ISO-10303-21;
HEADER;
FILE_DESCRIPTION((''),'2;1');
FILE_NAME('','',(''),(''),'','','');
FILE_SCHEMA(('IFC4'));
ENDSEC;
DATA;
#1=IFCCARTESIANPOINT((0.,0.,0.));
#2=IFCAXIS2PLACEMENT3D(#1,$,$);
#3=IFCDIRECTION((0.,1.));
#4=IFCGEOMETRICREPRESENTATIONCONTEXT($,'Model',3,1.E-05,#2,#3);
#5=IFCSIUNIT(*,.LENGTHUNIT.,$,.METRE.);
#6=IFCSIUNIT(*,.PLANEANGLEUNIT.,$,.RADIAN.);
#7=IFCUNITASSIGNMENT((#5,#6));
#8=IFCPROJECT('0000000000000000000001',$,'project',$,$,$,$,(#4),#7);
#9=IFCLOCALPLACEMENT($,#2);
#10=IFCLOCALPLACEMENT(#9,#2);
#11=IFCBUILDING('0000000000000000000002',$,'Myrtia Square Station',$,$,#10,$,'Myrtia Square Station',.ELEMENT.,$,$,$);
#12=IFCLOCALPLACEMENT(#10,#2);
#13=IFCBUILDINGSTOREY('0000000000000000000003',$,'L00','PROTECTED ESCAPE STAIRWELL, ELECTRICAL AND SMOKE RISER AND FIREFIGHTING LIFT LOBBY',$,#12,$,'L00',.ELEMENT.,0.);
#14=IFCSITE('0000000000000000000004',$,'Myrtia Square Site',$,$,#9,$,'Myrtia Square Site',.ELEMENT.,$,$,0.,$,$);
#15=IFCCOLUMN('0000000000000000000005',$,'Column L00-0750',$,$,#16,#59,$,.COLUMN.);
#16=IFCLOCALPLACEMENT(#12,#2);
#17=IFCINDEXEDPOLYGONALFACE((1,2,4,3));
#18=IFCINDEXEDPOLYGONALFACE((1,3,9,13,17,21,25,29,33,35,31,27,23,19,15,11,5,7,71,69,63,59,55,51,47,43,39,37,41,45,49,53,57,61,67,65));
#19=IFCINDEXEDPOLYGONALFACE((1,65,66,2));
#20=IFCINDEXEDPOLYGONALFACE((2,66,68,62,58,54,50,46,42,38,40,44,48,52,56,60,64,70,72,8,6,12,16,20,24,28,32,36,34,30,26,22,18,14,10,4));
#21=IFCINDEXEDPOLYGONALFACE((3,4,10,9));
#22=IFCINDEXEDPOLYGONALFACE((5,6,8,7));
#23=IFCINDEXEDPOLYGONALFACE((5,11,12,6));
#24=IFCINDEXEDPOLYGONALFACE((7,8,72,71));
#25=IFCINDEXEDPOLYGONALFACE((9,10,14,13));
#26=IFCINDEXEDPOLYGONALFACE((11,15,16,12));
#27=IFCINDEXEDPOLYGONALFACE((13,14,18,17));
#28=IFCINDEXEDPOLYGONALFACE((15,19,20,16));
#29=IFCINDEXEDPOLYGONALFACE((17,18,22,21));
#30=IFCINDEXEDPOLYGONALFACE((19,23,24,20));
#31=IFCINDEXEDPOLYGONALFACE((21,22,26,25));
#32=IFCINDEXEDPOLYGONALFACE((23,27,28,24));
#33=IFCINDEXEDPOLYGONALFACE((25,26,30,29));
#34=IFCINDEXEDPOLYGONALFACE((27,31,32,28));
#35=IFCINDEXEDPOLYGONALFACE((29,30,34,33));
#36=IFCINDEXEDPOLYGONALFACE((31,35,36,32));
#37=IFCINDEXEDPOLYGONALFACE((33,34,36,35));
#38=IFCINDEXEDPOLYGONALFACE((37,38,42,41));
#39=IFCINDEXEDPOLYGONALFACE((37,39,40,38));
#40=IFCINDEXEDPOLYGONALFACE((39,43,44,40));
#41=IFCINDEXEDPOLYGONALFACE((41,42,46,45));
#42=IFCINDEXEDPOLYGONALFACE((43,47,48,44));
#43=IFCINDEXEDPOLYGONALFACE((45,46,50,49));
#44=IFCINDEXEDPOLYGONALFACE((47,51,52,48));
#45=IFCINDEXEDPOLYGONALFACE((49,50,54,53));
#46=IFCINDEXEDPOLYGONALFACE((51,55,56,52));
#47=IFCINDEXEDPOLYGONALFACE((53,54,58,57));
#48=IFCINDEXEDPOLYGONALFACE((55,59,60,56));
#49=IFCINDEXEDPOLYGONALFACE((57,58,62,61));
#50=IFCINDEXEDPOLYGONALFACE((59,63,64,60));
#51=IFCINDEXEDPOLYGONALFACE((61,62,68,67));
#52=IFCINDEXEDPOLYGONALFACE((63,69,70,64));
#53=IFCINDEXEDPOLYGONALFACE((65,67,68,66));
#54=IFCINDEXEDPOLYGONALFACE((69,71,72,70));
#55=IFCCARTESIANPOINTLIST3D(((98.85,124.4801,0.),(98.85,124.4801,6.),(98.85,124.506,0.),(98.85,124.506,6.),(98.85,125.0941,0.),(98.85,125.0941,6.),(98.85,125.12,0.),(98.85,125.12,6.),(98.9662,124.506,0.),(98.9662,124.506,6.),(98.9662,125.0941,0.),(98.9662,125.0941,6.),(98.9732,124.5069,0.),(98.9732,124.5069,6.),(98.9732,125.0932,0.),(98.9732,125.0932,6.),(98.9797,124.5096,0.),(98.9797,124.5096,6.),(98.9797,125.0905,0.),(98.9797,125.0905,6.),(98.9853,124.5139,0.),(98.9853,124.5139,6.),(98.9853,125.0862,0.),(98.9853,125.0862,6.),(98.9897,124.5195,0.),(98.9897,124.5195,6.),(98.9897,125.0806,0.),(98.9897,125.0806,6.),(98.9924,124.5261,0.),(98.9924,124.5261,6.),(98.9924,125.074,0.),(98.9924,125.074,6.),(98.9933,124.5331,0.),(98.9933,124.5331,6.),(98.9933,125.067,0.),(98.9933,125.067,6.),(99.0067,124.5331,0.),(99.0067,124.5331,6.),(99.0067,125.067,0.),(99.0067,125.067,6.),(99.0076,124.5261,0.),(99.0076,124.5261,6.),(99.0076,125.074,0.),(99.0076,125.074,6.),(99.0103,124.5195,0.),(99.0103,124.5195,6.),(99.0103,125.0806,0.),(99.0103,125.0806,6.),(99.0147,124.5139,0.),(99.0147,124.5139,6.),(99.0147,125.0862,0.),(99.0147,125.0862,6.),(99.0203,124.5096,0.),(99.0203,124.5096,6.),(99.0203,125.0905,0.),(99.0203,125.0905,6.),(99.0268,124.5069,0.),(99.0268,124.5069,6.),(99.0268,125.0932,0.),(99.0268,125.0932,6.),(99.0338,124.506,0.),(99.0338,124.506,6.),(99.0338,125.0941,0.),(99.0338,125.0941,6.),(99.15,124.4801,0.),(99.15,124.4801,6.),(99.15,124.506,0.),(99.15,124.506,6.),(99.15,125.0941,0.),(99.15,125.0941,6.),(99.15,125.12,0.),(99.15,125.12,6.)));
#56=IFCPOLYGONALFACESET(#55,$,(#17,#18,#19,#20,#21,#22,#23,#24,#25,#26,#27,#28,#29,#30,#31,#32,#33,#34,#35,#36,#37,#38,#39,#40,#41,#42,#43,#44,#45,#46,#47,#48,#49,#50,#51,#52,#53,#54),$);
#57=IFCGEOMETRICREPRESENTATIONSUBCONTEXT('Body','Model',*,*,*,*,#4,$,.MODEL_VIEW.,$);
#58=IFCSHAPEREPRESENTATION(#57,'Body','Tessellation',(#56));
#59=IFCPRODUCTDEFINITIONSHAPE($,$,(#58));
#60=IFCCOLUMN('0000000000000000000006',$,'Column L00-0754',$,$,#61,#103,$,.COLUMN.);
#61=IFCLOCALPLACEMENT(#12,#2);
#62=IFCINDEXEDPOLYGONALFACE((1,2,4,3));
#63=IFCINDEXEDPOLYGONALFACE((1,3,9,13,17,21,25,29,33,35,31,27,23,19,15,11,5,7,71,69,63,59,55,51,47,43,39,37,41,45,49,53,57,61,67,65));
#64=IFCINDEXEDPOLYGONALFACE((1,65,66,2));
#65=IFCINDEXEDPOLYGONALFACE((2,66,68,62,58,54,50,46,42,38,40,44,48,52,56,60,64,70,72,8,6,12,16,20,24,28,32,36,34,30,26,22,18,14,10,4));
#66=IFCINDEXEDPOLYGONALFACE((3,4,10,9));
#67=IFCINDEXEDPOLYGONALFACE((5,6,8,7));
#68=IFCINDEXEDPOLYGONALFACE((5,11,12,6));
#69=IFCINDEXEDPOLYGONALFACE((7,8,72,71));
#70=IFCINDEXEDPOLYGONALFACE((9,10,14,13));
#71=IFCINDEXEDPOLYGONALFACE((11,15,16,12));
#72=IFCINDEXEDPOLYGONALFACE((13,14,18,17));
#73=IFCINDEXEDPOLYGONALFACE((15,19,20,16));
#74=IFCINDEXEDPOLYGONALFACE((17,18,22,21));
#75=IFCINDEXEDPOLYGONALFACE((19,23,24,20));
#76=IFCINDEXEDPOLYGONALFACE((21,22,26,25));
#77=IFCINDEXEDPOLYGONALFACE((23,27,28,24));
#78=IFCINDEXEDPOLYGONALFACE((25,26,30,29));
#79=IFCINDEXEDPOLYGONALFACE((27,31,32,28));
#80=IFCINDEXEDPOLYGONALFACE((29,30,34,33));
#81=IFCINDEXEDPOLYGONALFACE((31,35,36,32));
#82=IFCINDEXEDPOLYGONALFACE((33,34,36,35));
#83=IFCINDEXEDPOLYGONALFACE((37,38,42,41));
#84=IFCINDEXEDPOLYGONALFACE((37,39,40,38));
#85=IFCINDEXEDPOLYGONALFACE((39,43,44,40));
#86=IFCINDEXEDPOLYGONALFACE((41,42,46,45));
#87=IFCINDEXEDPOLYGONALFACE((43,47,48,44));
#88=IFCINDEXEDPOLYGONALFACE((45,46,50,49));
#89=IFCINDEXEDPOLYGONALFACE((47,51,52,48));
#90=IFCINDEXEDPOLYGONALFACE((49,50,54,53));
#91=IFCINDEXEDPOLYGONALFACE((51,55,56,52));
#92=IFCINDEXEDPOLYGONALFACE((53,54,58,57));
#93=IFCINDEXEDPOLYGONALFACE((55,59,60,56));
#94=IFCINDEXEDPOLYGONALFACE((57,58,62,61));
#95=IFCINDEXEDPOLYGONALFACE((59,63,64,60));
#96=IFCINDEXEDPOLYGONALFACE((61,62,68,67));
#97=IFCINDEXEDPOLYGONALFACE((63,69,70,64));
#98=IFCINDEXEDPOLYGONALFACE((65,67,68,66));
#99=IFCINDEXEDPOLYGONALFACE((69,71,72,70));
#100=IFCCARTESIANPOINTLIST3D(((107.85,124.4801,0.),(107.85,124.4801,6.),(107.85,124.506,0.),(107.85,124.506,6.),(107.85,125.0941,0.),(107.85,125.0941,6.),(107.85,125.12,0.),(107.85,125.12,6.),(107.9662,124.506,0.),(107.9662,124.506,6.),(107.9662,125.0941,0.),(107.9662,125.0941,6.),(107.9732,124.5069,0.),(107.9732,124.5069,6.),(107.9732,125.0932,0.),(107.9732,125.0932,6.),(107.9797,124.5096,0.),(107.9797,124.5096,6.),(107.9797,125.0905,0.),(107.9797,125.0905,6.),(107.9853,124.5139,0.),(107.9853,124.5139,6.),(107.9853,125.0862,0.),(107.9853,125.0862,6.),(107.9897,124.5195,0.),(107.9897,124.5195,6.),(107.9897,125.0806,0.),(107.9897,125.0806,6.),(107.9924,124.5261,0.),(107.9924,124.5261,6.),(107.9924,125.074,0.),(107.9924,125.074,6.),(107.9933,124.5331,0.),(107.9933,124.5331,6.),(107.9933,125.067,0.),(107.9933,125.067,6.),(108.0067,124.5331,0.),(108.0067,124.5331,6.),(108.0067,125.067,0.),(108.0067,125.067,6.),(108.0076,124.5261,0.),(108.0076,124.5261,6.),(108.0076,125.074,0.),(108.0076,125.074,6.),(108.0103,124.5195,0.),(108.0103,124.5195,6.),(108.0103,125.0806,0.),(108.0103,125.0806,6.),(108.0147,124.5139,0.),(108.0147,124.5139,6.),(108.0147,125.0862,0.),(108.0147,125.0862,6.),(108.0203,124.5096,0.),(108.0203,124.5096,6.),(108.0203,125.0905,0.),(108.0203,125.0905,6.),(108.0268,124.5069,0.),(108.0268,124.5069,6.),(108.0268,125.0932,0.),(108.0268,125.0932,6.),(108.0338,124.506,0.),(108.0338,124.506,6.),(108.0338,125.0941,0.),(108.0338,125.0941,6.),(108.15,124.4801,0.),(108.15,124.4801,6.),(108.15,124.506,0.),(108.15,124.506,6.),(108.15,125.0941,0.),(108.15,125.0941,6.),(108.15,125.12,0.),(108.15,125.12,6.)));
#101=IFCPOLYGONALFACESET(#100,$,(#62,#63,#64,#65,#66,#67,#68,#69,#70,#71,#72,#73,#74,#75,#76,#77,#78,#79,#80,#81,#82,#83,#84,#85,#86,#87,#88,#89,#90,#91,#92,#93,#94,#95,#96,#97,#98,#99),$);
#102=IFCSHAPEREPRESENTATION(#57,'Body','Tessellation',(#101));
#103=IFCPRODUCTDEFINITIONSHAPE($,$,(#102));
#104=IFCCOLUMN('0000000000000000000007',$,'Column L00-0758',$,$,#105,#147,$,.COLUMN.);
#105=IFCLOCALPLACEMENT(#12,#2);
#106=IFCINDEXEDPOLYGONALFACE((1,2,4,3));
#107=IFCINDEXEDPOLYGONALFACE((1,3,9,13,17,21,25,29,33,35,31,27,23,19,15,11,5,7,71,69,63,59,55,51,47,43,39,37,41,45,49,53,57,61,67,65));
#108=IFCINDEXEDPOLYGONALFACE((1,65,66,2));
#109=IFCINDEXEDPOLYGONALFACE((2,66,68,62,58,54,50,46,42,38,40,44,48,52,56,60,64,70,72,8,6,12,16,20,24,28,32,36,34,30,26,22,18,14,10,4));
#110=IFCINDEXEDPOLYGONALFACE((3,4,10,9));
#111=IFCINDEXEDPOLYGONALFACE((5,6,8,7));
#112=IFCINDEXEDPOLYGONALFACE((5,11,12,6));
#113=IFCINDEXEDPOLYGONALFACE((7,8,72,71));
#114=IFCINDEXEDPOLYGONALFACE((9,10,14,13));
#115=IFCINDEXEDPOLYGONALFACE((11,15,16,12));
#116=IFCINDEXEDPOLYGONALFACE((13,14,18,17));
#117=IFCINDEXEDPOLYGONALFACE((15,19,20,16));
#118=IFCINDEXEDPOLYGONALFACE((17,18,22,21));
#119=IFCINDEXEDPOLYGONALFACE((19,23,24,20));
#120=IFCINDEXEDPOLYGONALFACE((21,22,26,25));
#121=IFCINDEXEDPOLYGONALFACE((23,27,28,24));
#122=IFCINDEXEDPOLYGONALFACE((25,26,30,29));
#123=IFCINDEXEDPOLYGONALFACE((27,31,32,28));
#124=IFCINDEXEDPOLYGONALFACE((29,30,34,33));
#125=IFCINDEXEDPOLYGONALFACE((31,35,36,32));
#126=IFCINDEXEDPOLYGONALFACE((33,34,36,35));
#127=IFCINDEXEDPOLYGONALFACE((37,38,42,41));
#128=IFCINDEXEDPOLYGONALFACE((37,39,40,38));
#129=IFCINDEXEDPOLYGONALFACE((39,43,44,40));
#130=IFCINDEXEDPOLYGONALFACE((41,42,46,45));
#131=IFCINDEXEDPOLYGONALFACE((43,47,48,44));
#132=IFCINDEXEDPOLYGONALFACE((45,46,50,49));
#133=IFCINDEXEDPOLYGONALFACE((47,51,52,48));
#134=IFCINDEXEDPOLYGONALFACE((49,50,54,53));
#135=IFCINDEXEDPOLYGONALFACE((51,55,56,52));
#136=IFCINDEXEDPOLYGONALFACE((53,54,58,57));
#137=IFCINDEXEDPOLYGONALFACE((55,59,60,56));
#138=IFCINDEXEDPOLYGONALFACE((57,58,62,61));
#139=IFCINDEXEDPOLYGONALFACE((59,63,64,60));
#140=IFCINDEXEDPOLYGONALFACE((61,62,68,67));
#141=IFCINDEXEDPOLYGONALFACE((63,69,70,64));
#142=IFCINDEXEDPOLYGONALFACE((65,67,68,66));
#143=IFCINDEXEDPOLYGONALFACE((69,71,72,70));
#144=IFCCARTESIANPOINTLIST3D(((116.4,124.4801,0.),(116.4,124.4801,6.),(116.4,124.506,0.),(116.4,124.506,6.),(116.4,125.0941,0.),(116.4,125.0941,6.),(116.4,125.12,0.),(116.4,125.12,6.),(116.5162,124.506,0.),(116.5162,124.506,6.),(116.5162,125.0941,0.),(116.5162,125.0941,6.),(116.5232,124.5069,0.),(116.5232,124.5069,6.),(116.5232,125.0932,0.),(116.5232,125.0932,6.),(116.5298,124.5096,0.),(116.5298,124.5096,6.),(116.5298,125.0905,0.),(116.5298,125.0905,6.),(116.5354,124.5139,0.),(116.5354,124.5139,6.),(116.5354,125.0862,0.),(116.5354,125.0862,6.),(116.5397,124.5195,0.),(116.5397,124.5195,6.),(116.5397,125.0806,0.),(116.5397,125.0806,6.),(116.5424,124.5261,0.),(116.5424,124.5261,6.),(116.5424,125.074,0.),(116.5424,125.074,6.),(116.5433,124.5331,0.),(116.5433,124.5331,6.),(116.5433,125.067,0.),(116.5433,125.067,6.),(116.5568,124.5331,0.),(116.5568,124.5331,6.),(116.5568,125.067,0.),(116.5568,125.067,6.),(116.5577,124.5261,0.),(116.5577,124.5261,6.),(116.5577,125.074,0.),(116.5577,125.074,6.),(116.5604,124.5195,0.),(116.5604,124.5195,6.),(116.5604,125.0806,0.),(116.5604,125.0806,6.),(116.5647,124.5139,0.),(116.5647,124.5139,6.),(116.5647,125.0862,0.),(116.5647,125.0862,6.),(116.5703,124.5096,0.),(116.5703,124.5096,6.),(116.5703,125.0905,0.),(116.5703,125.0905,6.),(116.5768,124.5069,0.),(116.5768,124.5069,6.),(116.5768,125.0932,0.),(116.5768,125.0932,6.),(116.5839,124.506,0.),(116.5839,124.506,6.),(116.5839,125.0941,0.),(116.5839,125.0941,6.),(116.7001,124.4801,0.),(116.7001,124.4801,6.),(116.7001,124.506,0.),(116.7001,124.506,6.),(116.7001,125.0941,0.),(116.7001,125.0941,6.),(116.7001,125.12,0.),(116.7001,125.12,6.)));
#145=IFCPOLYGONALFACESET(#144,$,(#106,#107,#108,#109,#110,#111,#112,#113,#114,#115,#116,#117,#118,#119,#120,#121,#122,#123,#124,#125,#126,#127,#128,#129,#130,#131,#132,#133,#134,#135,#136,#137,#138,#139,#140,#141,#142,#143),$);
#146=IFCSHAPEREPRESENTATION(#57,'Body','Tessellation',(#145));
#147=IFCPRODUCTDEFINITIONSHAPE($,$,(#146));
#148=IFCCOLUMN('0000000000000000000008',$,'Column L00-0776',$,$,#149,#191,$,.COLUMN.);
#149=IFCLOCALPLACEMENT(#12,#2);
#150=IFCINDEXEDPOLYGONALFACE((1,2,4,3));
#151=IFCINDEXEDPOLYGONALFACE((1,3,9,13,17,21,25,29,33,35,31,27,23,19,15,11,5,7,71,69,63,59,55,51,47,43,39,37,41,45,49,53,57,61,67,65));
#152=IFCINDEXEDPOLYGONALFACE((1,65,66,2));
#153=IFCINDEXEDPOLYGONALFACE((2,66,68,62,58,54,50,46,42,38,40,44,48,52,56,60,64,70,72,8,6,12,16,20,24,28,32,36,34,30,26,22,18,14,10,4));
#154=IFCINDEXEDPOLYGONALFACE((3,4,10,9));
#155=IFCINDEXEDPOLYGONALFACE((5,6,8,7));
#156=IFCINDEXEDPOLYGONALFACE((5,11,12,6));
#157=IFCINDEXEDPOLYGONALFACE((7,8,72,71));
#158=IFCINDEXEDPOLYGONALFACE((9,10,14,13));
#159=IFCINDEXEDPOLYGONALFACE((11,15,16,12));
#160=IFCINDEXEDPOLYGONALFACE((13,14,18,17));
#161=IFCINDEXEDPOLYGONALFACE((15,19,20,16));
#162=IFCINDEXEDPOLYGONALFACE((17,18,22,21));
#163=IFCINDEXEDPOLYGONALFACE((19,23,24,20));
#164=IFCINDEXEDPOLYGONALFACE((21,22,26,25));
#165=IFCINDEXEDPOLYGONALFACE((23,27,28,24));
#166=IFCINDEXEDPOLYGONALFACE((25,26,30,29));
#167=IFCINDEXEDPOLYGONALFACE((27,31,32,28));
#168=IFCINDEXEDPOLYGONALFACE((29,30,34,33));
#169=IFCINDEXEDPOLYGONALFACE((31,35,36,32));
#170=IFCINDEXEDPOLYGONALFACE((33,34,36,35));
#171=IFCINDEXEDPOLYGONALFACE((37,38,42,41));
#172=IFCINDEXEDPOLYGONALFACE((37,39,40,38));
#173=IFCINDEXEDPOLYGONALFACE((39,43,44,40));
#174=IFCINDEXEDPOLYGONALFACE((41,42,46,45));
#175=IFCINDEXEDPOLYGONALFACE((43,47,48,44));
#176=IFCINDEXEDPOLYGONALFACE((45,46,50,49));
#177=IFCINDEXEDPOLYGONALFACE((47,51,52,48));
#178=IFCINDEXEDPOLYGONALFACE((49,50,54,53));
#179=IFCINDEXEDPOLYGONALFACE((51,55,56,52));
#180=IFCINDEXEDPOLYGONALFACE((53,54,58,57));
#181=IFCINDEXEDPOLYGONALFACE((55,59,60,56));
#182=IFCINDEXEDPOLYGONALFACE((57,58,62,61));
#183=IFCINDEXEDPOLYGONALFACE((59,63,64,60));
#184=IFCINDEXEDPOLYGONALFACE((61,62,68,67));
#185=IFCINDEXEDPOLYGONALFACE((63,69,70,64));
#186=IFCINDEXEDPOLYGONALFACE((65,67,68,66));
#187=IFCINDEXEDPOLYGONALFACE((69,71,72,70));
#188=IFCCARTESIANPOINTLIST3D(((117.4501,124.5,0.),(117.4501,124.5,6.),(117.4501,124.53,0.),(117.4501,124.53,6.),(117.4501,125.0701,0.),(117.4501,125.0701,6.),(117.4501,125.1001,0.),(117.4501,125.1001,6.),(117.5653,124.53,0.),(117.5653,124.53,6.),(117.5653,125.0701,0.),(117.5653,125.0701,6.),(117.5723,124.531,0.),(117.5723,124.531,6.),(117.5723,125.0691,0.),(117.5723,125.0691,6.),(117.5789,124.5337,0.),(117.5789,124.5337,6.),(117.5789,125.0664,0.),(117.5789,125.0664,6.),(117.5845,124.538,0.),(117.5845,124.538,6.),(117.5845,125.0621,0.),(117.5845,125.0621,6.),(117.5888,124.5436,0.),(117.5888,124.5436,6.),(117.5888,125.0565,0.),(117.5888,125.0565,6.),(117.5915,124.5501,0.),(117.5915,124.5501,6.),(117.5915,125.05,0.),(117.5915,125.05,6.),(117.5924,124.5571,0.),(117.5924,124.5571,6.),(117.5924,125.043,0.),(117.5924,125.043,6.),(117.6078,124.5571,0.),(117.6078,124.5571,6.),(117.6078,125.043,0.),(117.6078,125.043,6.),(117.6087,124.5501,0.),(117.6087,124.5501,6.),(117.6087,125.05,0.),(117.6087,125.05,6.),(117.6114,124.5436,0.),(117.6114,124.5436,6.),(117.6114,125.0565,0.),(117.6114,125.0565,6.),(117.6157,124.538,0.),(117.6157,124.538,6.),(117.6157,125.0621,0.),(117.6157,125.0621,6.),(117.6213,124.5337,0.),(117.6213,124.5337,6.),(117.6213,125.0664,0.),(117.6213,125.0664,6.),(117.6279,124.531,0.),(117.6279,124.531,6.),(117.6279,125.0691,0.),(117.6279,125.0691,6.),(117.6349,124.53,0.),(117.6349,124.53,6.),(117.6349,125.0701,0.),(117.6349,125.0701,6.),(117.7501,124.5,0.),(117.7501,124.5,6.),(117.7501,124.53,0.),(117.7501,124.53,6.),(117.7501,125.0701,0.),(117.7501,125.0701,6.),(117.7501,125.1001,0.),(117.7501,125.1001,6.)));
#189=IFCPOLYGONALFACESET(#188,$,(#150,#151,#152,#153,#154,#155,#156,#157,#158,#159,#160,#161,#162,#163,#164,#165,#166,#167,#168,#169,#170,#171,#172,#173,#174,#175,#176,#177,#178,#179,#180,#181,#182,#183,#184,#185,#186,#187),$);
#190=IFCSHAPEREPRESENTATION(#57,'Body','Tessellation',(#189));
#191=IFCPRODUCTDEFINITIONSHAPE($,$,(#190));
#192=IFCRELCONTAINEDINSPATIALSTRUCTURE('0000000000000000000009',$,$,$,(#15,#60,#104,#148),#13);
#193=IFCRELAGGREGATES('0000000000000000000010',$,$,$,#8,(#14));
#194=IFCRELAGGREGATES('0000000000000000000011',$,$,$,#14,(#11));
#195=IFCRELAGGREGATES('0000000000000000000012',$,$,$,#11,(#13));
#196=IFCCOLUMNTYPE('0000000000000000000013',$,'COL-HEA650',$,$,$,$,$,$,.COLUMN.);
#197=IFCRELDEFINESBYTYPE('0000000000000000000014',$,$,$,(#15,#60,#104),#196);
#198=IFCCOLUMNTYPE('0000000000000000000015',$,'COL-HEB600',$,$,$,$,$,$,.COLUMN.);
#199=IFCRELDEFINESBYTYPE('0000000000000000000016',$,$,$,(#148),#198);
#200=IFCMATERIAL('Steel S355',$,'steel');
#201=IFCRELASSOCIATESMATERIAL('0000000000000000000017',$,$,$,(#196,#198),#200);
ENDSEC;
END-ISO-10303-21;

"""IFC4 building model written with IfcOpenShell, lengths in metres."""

from ifc_helpers import new_model, si_unit, direction, frame, origin, origin_2d, place, context, subcontext, project, spatial, i_section, extrude, material, material_profile, profile_set, type_object, element, save


model = new_model("IFC4")

# Units and contexts
model_context = context("Model", 3, precision=1e-05, world=origin(), true_north=direction((0.0, 1.0)))
body_context = subcontext(model_context, "Body", "Model", "MODEL_VIEW")
ifc_project = project(units=[si_unit("LENGTHUNIT", "METRE"), si_unit("PLANEANGLEUNIT", "RADIAN")], contexts=[model_context])

# Site, building, storey
site_placement = place(None, origin())
site = spatial("IfcSite", under=ifc_project, at=site_placement, Name="Myrtia Square Site", LongName="Myrtia Square Site", CompositionType="ELEMENT", RefElevation=0.0)
building_placement = place(site_placement, origin())
building = spatial("IfcBuilding", under=site, at=building_placement, Name="Myrtia Square Station", LongName="Myrtia Square Station", CompositionType="ELEMENT")
storey_placement = place(building_placement, origin())
storey = spatial("IfcBuildingStorey", under=building, at=storey_placement, Name="L00", Description="PROTECTED ESCAPE STAIRWELL, ELECTRICAL AND SMOKE RISER AND FIREFIGHTING LIFT LOBBY", LongName="L00", CompositionType="ELEMENT", Elevation=0.0)

# Columns
ifc_material_1 = material(Name="Steel S355", Category="steel")
ifc_material_profile_1 = material_profile(ifc_material_1, i_section(OverallWidth=0.3, OverallDepth=0.6399, WebThickness=0.0134, FlangeThickness=0.0259, FilletRadius=0.0271, at=origin_2d()), Name="HEA 650")
ifc_profile_set_1 = profile_set([ifc_material_profile_1], Name="Steel S355")
column_type_1 = type_object("IfcColumnType", Name="COL-HEA650", PredefinedType="COLUMN", material=ifc_profile_set_1)
for number, where, z_axis, x_axis, name in (
    (1, (99.0, 124.8, 0.0), (0.0, 0.0, 1.0), (1.0, 0.0, 0.0), "Column L00-0750"),
    (2, (108.0, 124.8, 0.0), (0.0, 0.0, 1.0), (1.0, 0.0, 0.0), "Column L00-0754"),
    (3, (116.55, 124.8, 0.0), (0.0, 0.0, 1.0), (1.0, 0.0, 0.0), "Column L00-0758"),
):
    element("IfcColumn", number, at=place(storey_placement, frame(where, z_axis=z_axis, x_axis=x_axis)), inside=storey, type_object=column_type_1, Name=name, PredefinedType="COLUMN", context=body_context, shape_type="SweptSolid", body=[
        extrude(i_section(OverallWidth=0.3, OverallDepth=0.6399, WebThickness=0.0134, FlangeThickness=0.0259, FilletRadius=0.0271, at=origin_2d()), origin(), (0.0, 0.0, 1.0), 6.0),
    ])
ifc_material_profile_2 = material_profile(ifc_material_1, i_section(OverallWidth=0.3, OverallDepth=0.6001, WebThickness=0.0154, FlangeThickness=0.03, FilletRadius=0.0271, at=origin_2d()), Name="HEB 600")
ifc_profile_set_2 = profile_set([ifc_material_profile_2], Name="Steel S355")
column_type_2 = type_object("IfcColumnType", Name="COL-HEB600", PredefinedType="COLUMN", material=ifc_profile_set_2)
column_placement = place(storey_placement, frame((117.6001, 124.8, 0.0), z_axis=(0.0, 0.0, 1.0), x_axis=(1.0, 0.0, 0.0)))
element("IfcColumn", 4, at=column_placement, inside=storey, type_object=column_type_2, Name="Column L00-0776", PredefinedType="COLUMN", context=body_context, shape_type="SweptSolid", body=[
    extrude(i_section(OverallWidth=0.3, OverallDepth=0.6001, WebThickness=0.0154, FlangeThickness=0.03, FilletRadius=0.0271, at=origin_2d()), origin(), (0.0, 0.0, 1.0), 6.0),
])

save(model, "model.ifc")
